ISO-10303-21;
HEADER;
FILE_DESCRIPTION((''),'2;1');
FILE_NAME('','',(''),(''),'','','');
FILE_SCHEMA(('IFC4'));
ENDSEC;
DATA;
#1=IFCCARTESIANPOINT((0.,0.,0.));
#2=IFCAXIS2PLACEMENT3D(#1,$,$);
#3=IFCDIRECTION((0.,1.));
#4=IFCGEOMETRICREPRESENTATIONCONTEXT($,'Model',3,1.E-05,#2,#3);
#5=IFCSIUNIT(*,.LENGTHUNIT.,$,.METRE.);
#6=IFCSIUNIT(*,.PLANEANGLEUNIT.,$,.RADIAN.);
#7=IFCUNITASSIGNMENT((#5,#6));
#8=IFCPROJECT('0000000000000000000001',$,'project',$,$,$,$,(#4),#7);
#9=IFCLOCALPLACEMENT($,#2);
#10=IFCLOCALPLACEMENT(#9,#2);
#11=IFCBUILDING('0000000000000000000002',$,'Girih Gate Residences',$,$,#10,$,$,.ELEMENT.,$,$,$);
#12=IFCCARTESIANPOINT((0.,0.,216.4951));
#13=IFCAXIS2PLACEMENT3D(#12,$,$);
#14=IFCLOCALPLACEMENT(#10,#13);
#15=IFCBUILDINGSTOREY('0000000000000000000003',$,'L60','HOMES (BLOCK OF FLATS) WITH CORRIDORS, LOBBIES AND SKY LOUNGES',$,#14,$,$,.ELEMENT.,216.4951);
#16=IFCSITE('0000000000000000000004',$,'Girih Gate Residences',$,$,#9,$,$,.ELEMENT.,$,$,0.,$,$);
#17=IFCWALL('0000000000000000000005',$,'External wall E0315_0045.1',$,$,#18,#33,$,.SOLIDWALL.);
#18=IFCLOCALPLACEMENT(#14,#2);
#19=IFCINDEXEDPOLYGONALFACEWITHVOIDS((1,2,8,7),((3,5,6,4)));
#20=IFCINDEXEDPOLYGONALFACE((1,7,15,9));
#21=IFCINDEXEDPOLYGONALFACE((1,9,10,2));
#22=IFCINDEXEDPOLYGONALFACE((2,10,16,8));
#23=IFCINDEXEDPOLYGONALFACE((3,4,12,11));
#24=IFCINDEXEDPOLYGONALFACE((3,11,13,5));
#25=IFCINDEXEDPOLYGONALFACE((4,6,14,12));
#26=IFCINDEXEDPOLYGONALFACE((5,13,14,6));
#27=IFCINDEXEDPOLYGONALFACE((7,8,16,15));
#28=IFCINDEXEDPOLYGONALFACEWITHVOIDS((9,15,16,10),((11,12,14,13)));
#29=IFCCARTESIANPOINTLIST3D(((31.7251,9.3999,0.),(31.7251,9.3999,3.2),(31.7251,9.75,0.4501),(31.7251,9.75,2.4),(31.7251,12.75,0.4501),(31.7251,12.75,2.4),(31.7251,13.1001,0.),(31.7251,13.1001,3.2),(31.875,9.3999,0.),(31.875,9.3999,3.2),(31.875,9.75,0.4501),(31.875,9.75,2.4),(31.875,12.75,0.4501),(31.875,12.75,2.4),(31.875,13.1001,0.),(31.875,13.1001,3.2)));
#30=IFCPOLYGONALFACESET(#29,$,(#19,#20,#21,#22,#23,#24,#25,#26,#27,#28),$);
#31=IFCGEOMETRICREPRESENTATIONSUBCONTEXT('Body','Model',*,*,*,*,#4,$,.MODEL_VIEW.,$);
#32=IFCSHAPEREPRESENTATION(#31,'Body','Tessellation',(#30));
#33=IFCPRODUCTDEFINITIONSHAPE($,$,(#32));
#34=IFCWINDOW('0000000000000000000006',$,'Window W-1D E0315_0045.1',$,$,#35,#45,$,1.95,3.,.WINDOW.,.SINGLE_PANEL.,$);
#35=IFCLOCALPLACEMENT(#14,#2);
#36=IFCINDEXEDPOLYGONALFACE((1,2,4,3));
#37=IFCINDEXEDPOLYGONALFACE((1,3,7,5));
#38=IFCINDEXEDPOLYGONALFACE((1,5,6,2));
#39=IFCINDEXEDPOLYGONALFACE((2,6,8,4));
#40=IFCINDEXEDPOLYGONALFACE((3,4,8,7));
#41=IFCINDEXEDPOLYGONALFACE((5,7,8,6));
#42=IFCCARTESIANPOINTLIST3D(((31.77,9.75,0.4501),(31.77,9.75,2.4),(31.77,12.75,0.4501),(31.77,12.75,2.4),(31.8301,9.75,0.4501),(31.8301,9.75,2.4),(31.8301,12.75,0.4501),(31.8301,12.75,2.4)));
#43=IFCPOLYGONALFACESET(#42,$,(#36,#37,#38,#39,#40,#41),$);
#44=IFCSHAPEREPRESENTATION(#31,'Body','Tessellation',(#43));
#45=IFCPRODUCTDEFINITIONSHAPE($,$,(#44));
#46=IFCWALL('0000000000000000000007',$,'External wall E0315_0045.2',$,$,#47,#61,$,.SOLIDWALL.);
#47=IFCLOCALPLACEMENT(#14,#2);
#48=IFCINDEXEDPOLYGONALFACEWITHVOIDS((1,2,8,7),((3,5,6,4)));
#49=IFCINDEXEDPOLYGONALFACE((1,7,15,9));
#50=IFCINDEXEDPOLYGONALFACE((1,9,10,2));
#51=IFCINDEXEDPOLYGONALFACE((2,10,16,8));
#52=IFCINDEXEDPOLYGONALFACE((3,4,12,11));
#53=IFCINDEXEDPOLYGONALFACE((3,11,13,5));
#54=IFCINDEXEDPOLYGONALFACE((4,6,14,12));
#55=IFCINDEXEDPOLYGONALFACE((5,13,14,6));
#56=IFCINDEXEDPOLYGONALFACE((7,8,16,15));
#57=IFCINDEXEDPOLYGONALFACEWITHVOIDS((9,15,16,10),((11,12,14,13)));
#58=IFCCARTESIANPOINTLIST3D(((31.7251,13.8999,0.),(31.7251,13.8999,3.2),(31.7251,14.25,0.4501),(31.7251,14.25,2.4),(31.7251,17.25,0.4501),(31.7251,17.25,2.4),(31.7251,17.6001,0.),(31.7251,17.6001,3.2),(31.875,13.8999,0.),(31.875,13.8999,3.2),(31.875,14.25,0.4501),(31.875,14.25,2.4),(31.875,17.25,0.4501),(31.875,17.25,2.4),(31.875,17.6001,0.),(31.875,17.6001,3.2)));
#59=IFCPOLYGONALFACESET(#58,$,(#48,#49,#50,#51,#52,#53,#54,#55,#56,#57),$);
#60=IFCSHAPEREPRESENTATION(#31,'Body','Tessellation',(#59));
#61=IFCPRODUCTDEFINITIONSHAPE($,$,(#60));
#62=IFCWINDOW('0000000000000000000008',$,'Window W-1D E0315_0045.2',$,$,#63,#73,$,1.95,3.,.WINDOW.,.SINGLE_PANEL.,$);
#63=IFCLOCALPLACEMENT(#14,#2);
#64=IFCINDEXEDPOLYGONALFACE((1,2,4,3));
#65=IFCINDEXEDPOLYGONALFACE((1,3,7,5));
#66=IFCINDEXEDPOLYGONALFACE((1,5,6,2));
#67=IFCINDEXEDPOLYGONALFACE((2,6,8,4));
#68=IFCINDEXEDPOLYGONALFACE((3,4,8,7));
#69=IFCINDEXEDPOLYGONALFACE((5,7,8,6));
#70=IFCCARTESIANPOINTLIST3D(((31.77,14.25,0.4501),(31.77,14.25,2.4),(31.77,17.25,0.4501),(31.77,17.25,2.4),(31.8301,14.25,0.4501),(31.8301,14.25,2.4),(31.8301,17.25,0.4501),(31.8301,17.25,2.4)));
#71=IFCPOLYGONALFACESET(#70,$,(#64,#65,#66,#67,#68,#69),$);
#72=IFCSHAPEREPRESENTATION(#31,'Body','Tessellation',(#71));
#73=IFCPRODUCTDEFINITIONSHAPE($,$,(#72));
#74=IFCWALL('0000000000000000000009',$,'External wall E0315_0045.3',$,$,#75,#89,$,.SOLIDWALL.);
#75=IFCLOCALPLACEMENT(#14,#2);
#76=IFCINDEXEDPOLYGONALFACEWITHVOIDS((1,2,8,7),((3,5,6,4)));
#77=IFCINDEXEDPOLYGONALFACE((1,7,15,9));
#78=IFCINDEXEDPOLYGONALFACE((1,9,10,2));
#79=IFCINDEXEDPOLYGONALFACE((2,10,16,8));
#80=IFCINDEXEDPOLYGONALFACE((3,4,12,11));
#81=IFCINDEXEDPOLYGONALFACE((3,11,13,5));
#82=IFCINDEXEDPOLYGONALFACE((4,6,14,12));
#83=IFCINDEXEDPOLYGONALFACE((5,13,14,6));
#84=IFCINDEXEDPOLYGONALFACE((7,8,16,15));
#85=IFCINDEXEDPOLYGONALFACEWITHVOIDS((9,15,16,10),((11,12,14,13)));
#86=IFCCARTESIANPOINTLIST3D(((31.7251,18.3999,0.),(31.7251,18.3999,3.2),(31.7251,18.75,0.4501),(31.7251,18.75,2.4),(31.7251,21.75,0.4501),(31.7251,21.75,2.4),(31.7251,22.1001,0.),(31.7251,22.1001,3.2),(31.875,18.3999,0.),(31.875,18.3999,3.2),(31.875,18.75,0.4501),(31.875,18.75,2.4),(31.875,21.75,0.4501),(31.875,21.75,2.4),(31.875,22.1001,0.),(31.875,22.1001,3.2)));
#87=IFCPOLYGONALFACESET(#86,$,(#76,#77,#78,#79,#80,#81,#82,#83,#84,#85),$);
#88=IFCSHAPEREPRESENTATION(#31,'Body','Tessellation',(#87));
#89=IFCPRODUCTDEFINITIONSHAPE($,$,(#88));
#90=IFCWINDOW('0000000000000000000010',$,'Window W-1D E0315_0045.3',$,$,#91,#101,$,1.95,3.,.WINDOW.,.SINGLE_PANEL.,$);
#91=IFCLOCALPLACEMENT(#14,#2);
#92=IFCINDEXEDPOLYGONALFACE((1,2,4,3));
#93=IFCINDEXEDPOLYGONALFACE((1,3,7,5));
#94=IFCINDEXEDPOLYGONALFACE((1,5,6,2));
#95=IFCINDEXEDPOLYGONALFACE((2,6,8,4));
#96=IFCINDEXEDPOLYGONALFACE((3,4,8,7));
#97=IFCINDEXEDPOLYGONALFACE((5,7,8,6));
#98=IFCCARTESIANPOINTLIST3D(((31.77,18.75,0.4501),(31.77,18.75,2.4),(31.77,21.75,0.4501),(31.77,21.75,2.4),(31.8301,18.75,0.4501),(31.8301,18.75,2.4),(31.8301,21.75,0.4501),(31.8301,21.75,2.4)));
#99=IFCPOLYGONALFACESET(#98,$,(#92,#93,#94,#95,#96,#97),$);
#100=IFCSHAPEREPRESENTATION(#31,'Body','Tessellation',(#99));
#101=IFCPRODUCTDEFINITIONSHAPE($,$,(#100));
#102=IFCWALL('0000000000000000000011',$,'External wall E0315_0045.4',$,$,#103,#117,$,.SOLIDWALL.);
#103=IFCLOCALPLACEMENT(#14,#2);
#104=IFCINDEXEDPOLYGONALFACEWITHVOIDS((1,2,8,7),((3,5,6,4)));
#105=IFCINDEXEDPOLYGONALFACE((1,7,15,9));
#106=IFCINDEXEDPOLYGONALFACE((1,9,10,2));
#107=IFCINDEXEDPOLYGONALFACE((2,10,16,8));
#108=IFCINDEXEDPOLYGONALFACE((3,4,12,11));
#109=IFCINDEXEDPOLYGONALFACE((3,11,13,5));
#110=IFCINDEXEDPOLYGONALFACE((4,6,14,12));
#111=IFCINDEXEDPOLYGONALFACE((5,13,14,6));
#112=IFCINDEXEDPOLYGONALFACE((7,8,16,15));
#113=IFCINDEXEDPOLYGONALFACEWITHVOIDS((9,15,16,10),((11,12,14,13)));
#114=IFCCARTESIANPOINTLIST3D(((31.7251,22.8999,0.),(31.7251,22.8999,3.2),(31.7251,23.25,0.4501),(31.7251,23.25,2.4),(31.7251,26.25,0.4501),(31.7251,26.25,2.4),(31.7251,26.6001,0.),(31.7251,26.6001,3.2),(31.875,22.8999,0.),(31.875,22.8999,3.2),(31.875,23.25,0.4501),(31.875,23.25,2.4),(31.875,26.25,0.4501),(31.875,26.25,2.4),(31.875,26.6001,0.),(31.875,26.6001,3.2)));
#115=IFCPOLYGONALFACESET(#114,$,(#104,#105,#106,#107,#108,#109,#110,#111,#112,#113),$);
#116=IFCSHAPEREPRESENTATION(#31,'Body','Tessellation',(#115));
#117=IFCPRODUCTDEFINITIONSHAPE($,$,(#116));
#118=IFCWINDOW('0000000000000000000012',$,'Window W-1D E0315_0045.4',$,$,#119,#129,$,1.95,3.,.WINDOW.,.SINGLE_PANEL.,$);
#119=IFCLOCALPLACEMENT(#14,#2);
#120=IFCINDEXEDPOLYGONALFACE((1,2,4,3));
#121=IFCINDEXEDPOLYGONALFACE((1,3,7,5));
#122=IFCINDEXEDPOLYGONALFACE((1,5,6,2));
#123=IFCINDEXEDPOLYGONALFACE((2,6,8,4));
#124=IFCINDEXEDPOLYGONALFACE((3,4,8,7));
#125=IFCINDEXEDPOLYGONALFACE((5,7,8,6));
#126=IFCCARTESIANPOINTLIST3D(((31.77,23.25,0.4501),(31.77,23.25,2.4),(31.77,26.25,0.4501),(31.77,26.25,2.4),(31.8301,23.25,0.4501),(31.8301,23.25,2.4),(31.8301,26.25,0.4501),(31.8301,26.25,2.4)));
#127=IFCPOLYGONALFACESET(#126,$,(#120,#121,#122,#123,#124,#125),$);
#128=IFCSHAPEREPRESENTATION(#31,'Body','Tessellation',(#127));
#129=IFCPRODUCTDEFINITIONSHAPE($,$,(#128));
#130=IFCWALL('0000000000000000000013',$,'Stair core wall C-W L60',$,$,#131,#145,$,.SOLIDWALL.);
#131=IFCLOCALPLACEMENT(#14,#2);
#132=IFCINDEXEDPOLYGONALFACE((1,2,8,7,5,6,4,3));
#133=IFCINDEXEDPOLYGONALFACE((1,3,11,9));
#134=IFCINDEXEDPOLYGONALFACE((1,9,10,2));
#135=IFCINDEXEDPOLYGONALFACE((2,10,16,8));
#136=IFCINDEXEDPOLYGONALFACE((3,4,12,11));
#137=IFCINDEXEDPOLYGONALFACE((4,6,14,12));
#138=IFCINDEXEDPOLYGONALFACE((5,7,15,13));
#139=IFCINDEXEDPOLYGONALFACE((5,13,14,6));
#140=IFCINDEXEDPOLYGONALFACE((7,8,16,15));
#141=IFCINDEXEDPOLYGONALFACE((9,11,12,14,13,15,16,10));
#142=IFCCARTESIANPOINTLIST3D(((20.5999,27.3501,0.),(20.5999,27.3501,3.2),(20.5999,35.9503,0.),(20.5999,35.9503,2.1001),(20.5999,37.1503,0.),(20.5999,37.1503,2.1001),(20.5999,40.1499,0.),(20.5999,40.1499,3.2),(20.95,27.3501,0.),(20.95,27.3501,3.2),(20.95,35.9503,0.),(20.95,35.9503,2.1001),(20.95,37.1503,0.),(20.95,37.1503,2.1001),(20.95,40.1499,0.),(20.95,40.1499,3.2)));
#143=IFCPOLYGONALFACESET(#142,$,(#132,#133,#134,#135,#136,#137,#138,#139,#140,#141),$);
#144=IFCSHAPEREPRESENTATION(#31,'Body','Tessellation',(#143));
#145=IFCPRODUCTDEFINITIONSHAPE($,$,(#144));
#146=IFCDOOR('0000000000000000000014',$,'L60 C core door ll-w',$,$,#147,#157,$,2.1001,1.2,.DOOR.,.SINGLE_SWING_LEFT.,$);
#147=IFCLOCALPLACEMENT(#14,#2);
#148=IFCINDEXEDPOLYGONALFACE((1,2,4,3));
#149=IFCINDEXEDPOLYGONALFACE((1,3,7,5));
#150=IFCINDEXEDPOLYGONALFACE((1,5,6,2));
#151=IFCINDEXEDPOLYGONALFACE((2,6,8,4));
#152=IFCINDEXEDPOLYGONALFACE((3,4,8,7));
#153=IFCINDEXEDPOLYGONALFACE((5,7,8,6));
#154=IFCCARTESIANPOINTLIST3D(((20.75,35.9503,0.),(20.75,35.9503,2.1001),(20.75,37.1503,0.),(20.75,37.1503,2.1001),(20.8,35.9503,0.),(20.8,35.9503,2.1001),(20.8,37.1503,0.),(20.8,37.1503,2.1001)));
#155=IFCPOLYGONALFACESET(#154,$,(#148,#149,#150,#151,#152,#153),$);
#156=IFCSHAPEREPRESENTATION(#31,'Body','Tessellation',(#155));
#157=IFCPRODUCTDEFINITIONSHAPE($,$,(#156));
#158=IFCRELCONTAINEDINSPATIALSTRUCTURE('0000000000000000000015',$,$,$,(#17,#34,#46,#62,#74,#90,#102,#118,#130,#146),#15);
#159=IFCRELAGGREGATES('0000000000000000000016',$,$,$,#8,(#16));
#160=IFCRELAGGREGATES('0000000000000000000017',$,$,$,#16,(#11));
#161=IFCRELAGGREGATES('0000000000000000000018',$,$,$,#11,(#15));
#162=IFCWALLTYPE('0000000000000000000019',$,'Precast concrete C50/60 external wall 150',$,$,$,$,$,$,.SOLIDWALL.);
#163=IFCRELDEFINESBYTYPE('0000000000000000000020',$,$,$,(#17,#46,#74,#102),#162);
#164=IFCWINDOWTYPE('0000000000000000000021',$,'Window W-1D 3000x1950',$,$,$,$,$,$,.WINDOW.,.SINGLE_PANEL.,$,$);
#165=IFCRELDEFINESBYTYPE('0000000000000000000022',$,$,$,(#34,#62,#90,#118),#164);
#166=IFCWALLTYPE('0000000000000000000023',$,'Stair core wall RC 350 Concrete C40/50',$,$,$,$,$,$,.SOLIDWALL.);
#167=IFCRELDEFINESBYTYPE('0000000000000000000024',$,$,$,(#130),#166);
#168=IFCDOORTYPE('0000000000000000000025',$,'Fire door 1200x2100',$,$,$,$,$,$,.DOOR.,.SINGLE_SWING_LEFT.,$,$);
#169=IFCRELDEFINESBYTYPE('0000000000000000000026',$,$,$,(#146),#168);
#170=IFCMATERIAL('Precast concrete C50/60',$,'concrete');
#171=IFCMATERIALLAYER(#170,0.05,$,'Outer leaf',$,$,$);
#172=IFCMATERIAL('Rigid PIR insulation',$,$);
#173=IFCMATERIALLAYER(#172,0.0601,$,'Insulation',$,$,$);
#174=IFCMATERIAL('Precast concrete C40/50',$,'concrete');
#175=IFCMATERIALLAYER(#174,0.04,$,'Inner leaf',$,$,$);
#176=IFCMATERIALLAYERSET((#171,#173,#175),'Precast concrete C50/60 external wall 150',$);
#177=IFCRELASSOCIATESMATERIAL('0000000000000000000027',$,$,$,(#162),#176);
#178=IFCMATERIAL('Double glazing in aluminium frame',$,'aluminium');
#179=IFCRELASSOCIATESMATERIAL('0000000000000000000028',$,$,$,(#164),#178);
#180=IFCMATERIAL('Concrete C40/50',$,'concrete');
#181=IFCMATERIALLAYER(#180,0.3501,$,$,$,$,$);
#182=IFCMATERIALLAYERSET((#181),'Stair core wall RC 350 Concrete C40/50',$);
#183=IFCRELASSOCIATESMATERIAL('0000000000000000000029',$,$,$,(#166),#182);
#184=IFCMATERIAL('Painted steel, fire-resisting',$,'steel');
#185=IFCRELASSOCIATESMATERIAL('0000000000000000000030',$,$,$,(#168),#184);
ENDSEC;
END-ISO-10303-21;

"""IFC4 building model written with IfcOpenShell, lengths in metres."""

from ifc_helpers import new_model, si_unit, direction, frame, frame_2d, origin, place, context, subcontext, project, spatial, rectangle, extrude, material, layer, layer_set, type_object, element, fill, save


model = new_model("IFC4")

# Units and contexts
model_context = context("Model", 3, precision=1e-05, world=origin(), true_north=direction((0.0, 1.0)))
body_context = subcontext(model_context, "Body", "Model", "MODEL_VIEW")
ifc_project = project(units=[si_unit("LENGTHUNIT", "METRE"), si_unit("PLANEANGLEUNIT", "RADIAN")], contexts=[model_context])

# Site, building, storey
site_placement = place(None, origin())
site = spatial("IfcSite", under=ifc_project, at=site_placement, Name="Girih Gate Residences", CompositionType="ELEMENT", RefElevation=0.0)
building_placement = place(site_placement, origin())
building = spatial("IfcBuilding", under=site, at=building_placement, Name="Girih Gate Residences", CompositionType="ELEMENT")
storey_placement = place(building_placement, frame((0.0, 0.0, 216.4951)))
storey = spatial("IfcBuildingStorey", under=building, at=storey_placement, Name="L60", Description="HOMES (BLOCK OF FLATS) WITH CORRIDORS, LOBBIES AND SKY LOUNGES", CompositionType="ELEMENT", Elevation=216.4951)

# Walls, openings, windows
ifc_material_1 = material(Name="Precast concrete C50/60", Category="concrete")
ifc_layer_1 = layer(ifc_material_1, 0.05, Name="Outer leaf")
ifc_material_2 = material(Name="Rigid PIR insulation")
ifc_layer_2 = layer(ifc_material_2, 0.0601, Name="Insulation")
ifc_material_3 = material(Name="Precast concrete C40/50", Category="concrete")
ifc_layer_3 = layer(ifc_material_3, 0.04, Name="Inner leaf")
ifc_layer_set_1 = layer_set([ifc_layer_1, ifc_layer_2, ifc_layer_3], Name="Precast concrete C50/60 external wall 150")
wall_type_1 = type_object("IfcWallType", Name="Precast concrete C50/60 external wall 150", PredefinedType="SOLIDWALL", material=ifc_layer_set_1)
wall_1_placement = place(storey_placement, frame((31.8, 13.1001, 0.0), z_axis=(0.0, 0.0, 1.0), x_axis=(0.0, -1.0, 0.0)))
wall_1 = element("IfcWall", 1, at=wall_1_placement, inside=storey, type_object=wall_type_1, Name="External wall E0315_0045.1", PredefinedType="SOLIDWALL", context=body_context, shape_type="SweptSolid", body=[
    extrude(rectangle(XDim=3.7002, YDim=0.1499, at=frame_2d((1.8501, 0.0))), origin(), (0.0, 0.0, 1.0), 3.2),
])
opening_1_placement = place(wall_1_placement, frame((0.3501, 0.0, 0.45)))
opening_1 = element("IfcOpeningElement", 2, at=opening_1_placement, cuts=wall_1, PredefinedType="OPENING", context=body_context, shape_type="SweptSolid", body=[
    extrude(rectangle(XDim=3.0, YDim=1.95, at=frame_2d((1.5, 0.9751))), frame((0.0, 0.085, 0.0), z_axis=(0.0, -1.0, 0.0), x_axis=(1.0, 0.0, 0.0)), (0.0, 0.0, 1.0), 0.1699),
])
ifc_material_4 = material(Name="Double glazing in aluminium frame", Category="aluminium")
window_type = type_object("IfcWindowType", Name="Window W-1D 3000x1950", PartitioningType="SINGLE_PANEL", PredefinedType="WINDOW", material=ifc_material_4)
window_1_placement = place(opening_1_placement, origin())
window_1 = element("IfcWindow", 3, at=window_1_placement, inside=storey, type_object=window_type, Name="Window W-1D E0315_0045.1", OverallHeight=1.95, OverallWidth=3.0, PartitioningType="SINGLE_PANEL", PredefinedType="WINDOW", context=body_context, shape_type="SweptSolid", body=[
    extrude(rectangle(XDim=3.0, YDim=1.95, at=frame_2d((1.5, 0.9751))), frame((0.0, 0.03, 0.0), z_axis=(0.0, -1.0, 0.0), x_axis=(1.0, 0.0, 0.0)), (0.0, 0.0, 1.0), 0.0601),
])
fill(opening_1, window_1)
wall_2_placement = place(storey_placement, frame((31.8, 17.6001, 0.0), z_axis=(0.0, 0.0, 1.0), x_axis=(0.0, -1.0, 0.0)))
wall_2 = element("IfcWall", 4, at=wall_2_placement, inside=storey, type_object=wall_type_1, Name="External wall E0315_0045.2", PredefinedType="SOLIDWALL", context=body_context, shape_type="SweptSolid", body=[
    extrude(rectangle(XDim=3.7002, YDim=0.1499, at=frame_2d((1.8501, 0.0))), origin(), (0.0, 0.0, 1.0), 3.2),
])
opening_2_placement = place(wall_2_placement, frame((0.3501, 0.0, 0.45)))
opening_2 = element("IfcOpeningElement", 5, at=opening_2_placement, cuts=wall_2, PredefinedType="OPENING", context=body_context, shape_type="SweptSolid", body=[
    extrude(rectangle(XDim=3.0, YDim=1.95, at=frame_2d((1.5, 0.9751))), frame((0.0, 0.085, 0.0), z_axis=(0.0, -1.0, 0.0), x_axis=(1.0, 0.0, 0.0)), (0.0, 0.0, 1.0), 0.1699),
])
window_2_placement = place(opening_2_placement, origin())
window_2 = element("IfcWindow", 6, at=window_2_placement, inside=storey, type_object=window_type, Name="Window W-1D E0315_0045.2", OverallHeight=1.95, OverallWidth=3.0, PartitioningType="SINGLE_PANEL", PredefinedType="WINDOW", context=body_context, shape_type="SweptSolid", body=[
    extrude(rectangle(XDim=3.0, YDim=1.95, at=frame_2d((1.5, 0.9751))), frame((0.0, 0.03, 0.0), z_axis=(0.0, -1.0, 0.0), x_axis=(1.0, 0.0, 0.0)), (0.0, 0.0, 1.0), 0.0601),
])
fill(opening_2, window_2)
wall_3_placement = place(storey_placement, frame((31.8, 22.1001, 0.0), z_axis=(0.0, 0.0, 1.0), x_axis=(0.0, -1.0, 0.0)))
wall_3 = element("IfcWall", 7, at=wall_3_placement, inside=storey, type_object=wall_type_1, Name="External wall E0315_0045.3", PredefinedType="SOLIDWALL", context=body_context, shape_type="SweptSolid", body=[
    extrude(rectangle(XDim=3.7002, YDim=0.1499, at=frame_2d((1.8501, 0.0))), origin(), (0.0, 0.0, 1.0), 3.2),
])
opening_3_placement = place(wall_3_placement, frame((0.3501, 0.0, 0.45)))
opening_3 = element("IfcOpeningElement", 8, at=opening_3_placement, cuts=wall_3, PredefinedType="OPENING", context=body_context, shape_type="SweptSolid", body=[
    extrude(rectangle(XDim=3.0, YDim=1.95, at=frame_2d((1.5, 0.9751))), frame((0.0, 0.085, 0.0), z_axis=(0.0, -1.0, 0.0), x_axis=(1.0, 0.0, 0.0)), (0.0, 0.0, 1.0), 0.1699),
])
window_3_placement = place(opening_3_placement, origin())
window_3 = element("IfcWindow", 9, at=window_3_placement, inside=storey, type_object=window_type, Name="Window W-1D E0315_0045.3", OverallHeight=1.95, OverallWidth=3.0, PartitioningType="SINGLE_PANEL", PredefinedType="WINDOW", context=body_context, shape_type="SweptSolid", body=[
    extrude(rectangle(XDim=3.0, YDim=1.95, at=frame_2d((1.5, 0.9751))), frame((0.0, 0.03, 0.0), z_axis=(0.0, -1.0, 0.0), x_axis=(1.0, 0.0, 0.0)), (0.0, 0.0, 1.0), 0.0601),
])
fill(opening_3, window_3)
wall_4_placement = place(storey_placement, frame((31.8, 26.6001, 0.0), z_axis=(0.0, 0.0, 1.0), x_axis=(0.0, -1.0, 0.0)))
wall_4 = element("IfcWall", 10, at=wall_4_placement, inside=storey, type_object=wall_type_1, Name="External wall E0315_0045.4", PredefinedType="SOLIDWALL", context=body_context, shape_type="SweptSolid", body=[
    extrude(rectangle(XDim=3.7002, YDim=0.1499, at=frame_2d((1.8501, 0.0))), origin(), (0.0, 0.0, 1.0), 3.2),
])
opening_4_placement = place(wall_4_placement, frame((0.3501, 0.0, 0.45)))
opening_4 = element("IfcOpeningElement", 11, at=opening_4_placement, cuts=wall_4, PredefinedType="OPENING", context=body_context, shape_type="SweptSolid", body=[
    extrude(rectangle(XDim=3.0, YDim=1.95, at=frame_2d((1.5, 0.9751))), frame((0.0, 0.085, 0.0), z_axis=(0.0, -1.0, 0.0), x_axis=(1.0, 0.0, 0.0)), (0.0, 0.0, 1.0), 0.1699),
])
window_4_placement = place(opening_4_placement, origin())
window_4 = element("IfcWindow", 12, at=window_4_placement, inside=storey, type_object=window_type, Name="Window W-1D E0315_0045.4", OverallHeight=1.95, OverallWidth=3.0, PartitioningType="SINGLE_PANEL", PredefinedType="WINDOW", context=body_context, shape_type="SweptSolid", body=[
    extrude(rectangle(XDim=3.0, YDim=1.95, at=frame_2d((1.5, 0.9751))), frame((0.0, 0.03, 0.0), z_axis=(0.0, -1.0, 0.0), x_axis=(1.0, 0.0, 0.0)), (0.0, 0.0, 1.0), 0.0601),
])
fill(opening_4, window_4)

# Wall, opening, door
ifc_material_5 = material(Name="Concrete C40/50", Category="concrete")
ifc_layer_4 = layer(ifc_material_5, 0.3501)
ifc_layer_set_2 = layer_set([ifc_layer_4], Name="Stair core wall RC 350 Concrete C40/50")
wall_type_2 = type_object("IfcWallType", Name="Stair core wall RC 350 Concrete C40/50", PredefinedType="SOLIDWALL", material=ifc_layer_set_2)
wall_5_placement = place(storey_placement, frame((20.7749, 27.3501, 0.0), z_axis=(0.0, 0.0, 1.0), x_axis=(0.0, 1.0, 0.0)))
wall_5 = element("IfcWall", 13, at=wall_5_placement, inside=storey, type_object=wall_type_2, Name="Stair core wall C-W L60", PredefinedType="SOLIDWALL", context=body_context, shape_type="SweptSolid", body=[
    extrude(rectangle(XDim=12.7998, YDim=0.3501, at=frame_2d((6.3999, 0.0))), origin(), (0.0, 0.0, 1.0), 3.2),
])
opening_5_placement = place(wall_5_placement, frame((8.6001, 0.0, 0.0)))
opening_5 = element("IfcOpeningElement", 14, at=opening_5_placement, cuts=wall_5, PredefinedType="OPENING", context=body_context, shape_type="SweptSolid", body=[
    extrude(rectangle(XDim=1.2, YDim=2.1001, at=frame_2d((0.6001, 1.05))), frame((0.0, 0.1851, 0.0), z_axis=(0.0, -1.0, 0.0), x_axis=(1.0, 0.0, 0.0)), (0.0, 0.0, 1.0), 0.3701),
])
ifc_material_6 = material(Name="Painted steel, fire-resisting", Category="steel")
door_type_1 = type_object("IfcDoorType", Name="Fire door 1200x2100", OperationType="SINGLE_SWING_LEFT", PredefinedType="DOOR", material=ifc_material_6)
door_1_placement = place(opening_5_placement, origin())
door_1 = element("IfcDoor", 15, at=door_1_placement, inside=storey, type_object=door_type_1, Name="L60 C core door ll-w", OperationType="SINGLE_SWING_LEFT", OverallHeight=2.1001, OverallWidth=1.2, PredefinedType="DOOR", context=body_context, shape_type="SweptSolid", body=[
    extrude(rectangle(XDim=1.2, YDim=2.1001, at=frame_2d((0.6001, 1.05))), frame((0.0, 0.0249, 0.0), z_axis=(0.0, -1.0, 0.0), x_axis=(1.0, 0.0, 0.0)), (0.0, 0.0, 1.0), 0.05),
])
fill(opening_5, door_1)

save(model, "model.ifc")
